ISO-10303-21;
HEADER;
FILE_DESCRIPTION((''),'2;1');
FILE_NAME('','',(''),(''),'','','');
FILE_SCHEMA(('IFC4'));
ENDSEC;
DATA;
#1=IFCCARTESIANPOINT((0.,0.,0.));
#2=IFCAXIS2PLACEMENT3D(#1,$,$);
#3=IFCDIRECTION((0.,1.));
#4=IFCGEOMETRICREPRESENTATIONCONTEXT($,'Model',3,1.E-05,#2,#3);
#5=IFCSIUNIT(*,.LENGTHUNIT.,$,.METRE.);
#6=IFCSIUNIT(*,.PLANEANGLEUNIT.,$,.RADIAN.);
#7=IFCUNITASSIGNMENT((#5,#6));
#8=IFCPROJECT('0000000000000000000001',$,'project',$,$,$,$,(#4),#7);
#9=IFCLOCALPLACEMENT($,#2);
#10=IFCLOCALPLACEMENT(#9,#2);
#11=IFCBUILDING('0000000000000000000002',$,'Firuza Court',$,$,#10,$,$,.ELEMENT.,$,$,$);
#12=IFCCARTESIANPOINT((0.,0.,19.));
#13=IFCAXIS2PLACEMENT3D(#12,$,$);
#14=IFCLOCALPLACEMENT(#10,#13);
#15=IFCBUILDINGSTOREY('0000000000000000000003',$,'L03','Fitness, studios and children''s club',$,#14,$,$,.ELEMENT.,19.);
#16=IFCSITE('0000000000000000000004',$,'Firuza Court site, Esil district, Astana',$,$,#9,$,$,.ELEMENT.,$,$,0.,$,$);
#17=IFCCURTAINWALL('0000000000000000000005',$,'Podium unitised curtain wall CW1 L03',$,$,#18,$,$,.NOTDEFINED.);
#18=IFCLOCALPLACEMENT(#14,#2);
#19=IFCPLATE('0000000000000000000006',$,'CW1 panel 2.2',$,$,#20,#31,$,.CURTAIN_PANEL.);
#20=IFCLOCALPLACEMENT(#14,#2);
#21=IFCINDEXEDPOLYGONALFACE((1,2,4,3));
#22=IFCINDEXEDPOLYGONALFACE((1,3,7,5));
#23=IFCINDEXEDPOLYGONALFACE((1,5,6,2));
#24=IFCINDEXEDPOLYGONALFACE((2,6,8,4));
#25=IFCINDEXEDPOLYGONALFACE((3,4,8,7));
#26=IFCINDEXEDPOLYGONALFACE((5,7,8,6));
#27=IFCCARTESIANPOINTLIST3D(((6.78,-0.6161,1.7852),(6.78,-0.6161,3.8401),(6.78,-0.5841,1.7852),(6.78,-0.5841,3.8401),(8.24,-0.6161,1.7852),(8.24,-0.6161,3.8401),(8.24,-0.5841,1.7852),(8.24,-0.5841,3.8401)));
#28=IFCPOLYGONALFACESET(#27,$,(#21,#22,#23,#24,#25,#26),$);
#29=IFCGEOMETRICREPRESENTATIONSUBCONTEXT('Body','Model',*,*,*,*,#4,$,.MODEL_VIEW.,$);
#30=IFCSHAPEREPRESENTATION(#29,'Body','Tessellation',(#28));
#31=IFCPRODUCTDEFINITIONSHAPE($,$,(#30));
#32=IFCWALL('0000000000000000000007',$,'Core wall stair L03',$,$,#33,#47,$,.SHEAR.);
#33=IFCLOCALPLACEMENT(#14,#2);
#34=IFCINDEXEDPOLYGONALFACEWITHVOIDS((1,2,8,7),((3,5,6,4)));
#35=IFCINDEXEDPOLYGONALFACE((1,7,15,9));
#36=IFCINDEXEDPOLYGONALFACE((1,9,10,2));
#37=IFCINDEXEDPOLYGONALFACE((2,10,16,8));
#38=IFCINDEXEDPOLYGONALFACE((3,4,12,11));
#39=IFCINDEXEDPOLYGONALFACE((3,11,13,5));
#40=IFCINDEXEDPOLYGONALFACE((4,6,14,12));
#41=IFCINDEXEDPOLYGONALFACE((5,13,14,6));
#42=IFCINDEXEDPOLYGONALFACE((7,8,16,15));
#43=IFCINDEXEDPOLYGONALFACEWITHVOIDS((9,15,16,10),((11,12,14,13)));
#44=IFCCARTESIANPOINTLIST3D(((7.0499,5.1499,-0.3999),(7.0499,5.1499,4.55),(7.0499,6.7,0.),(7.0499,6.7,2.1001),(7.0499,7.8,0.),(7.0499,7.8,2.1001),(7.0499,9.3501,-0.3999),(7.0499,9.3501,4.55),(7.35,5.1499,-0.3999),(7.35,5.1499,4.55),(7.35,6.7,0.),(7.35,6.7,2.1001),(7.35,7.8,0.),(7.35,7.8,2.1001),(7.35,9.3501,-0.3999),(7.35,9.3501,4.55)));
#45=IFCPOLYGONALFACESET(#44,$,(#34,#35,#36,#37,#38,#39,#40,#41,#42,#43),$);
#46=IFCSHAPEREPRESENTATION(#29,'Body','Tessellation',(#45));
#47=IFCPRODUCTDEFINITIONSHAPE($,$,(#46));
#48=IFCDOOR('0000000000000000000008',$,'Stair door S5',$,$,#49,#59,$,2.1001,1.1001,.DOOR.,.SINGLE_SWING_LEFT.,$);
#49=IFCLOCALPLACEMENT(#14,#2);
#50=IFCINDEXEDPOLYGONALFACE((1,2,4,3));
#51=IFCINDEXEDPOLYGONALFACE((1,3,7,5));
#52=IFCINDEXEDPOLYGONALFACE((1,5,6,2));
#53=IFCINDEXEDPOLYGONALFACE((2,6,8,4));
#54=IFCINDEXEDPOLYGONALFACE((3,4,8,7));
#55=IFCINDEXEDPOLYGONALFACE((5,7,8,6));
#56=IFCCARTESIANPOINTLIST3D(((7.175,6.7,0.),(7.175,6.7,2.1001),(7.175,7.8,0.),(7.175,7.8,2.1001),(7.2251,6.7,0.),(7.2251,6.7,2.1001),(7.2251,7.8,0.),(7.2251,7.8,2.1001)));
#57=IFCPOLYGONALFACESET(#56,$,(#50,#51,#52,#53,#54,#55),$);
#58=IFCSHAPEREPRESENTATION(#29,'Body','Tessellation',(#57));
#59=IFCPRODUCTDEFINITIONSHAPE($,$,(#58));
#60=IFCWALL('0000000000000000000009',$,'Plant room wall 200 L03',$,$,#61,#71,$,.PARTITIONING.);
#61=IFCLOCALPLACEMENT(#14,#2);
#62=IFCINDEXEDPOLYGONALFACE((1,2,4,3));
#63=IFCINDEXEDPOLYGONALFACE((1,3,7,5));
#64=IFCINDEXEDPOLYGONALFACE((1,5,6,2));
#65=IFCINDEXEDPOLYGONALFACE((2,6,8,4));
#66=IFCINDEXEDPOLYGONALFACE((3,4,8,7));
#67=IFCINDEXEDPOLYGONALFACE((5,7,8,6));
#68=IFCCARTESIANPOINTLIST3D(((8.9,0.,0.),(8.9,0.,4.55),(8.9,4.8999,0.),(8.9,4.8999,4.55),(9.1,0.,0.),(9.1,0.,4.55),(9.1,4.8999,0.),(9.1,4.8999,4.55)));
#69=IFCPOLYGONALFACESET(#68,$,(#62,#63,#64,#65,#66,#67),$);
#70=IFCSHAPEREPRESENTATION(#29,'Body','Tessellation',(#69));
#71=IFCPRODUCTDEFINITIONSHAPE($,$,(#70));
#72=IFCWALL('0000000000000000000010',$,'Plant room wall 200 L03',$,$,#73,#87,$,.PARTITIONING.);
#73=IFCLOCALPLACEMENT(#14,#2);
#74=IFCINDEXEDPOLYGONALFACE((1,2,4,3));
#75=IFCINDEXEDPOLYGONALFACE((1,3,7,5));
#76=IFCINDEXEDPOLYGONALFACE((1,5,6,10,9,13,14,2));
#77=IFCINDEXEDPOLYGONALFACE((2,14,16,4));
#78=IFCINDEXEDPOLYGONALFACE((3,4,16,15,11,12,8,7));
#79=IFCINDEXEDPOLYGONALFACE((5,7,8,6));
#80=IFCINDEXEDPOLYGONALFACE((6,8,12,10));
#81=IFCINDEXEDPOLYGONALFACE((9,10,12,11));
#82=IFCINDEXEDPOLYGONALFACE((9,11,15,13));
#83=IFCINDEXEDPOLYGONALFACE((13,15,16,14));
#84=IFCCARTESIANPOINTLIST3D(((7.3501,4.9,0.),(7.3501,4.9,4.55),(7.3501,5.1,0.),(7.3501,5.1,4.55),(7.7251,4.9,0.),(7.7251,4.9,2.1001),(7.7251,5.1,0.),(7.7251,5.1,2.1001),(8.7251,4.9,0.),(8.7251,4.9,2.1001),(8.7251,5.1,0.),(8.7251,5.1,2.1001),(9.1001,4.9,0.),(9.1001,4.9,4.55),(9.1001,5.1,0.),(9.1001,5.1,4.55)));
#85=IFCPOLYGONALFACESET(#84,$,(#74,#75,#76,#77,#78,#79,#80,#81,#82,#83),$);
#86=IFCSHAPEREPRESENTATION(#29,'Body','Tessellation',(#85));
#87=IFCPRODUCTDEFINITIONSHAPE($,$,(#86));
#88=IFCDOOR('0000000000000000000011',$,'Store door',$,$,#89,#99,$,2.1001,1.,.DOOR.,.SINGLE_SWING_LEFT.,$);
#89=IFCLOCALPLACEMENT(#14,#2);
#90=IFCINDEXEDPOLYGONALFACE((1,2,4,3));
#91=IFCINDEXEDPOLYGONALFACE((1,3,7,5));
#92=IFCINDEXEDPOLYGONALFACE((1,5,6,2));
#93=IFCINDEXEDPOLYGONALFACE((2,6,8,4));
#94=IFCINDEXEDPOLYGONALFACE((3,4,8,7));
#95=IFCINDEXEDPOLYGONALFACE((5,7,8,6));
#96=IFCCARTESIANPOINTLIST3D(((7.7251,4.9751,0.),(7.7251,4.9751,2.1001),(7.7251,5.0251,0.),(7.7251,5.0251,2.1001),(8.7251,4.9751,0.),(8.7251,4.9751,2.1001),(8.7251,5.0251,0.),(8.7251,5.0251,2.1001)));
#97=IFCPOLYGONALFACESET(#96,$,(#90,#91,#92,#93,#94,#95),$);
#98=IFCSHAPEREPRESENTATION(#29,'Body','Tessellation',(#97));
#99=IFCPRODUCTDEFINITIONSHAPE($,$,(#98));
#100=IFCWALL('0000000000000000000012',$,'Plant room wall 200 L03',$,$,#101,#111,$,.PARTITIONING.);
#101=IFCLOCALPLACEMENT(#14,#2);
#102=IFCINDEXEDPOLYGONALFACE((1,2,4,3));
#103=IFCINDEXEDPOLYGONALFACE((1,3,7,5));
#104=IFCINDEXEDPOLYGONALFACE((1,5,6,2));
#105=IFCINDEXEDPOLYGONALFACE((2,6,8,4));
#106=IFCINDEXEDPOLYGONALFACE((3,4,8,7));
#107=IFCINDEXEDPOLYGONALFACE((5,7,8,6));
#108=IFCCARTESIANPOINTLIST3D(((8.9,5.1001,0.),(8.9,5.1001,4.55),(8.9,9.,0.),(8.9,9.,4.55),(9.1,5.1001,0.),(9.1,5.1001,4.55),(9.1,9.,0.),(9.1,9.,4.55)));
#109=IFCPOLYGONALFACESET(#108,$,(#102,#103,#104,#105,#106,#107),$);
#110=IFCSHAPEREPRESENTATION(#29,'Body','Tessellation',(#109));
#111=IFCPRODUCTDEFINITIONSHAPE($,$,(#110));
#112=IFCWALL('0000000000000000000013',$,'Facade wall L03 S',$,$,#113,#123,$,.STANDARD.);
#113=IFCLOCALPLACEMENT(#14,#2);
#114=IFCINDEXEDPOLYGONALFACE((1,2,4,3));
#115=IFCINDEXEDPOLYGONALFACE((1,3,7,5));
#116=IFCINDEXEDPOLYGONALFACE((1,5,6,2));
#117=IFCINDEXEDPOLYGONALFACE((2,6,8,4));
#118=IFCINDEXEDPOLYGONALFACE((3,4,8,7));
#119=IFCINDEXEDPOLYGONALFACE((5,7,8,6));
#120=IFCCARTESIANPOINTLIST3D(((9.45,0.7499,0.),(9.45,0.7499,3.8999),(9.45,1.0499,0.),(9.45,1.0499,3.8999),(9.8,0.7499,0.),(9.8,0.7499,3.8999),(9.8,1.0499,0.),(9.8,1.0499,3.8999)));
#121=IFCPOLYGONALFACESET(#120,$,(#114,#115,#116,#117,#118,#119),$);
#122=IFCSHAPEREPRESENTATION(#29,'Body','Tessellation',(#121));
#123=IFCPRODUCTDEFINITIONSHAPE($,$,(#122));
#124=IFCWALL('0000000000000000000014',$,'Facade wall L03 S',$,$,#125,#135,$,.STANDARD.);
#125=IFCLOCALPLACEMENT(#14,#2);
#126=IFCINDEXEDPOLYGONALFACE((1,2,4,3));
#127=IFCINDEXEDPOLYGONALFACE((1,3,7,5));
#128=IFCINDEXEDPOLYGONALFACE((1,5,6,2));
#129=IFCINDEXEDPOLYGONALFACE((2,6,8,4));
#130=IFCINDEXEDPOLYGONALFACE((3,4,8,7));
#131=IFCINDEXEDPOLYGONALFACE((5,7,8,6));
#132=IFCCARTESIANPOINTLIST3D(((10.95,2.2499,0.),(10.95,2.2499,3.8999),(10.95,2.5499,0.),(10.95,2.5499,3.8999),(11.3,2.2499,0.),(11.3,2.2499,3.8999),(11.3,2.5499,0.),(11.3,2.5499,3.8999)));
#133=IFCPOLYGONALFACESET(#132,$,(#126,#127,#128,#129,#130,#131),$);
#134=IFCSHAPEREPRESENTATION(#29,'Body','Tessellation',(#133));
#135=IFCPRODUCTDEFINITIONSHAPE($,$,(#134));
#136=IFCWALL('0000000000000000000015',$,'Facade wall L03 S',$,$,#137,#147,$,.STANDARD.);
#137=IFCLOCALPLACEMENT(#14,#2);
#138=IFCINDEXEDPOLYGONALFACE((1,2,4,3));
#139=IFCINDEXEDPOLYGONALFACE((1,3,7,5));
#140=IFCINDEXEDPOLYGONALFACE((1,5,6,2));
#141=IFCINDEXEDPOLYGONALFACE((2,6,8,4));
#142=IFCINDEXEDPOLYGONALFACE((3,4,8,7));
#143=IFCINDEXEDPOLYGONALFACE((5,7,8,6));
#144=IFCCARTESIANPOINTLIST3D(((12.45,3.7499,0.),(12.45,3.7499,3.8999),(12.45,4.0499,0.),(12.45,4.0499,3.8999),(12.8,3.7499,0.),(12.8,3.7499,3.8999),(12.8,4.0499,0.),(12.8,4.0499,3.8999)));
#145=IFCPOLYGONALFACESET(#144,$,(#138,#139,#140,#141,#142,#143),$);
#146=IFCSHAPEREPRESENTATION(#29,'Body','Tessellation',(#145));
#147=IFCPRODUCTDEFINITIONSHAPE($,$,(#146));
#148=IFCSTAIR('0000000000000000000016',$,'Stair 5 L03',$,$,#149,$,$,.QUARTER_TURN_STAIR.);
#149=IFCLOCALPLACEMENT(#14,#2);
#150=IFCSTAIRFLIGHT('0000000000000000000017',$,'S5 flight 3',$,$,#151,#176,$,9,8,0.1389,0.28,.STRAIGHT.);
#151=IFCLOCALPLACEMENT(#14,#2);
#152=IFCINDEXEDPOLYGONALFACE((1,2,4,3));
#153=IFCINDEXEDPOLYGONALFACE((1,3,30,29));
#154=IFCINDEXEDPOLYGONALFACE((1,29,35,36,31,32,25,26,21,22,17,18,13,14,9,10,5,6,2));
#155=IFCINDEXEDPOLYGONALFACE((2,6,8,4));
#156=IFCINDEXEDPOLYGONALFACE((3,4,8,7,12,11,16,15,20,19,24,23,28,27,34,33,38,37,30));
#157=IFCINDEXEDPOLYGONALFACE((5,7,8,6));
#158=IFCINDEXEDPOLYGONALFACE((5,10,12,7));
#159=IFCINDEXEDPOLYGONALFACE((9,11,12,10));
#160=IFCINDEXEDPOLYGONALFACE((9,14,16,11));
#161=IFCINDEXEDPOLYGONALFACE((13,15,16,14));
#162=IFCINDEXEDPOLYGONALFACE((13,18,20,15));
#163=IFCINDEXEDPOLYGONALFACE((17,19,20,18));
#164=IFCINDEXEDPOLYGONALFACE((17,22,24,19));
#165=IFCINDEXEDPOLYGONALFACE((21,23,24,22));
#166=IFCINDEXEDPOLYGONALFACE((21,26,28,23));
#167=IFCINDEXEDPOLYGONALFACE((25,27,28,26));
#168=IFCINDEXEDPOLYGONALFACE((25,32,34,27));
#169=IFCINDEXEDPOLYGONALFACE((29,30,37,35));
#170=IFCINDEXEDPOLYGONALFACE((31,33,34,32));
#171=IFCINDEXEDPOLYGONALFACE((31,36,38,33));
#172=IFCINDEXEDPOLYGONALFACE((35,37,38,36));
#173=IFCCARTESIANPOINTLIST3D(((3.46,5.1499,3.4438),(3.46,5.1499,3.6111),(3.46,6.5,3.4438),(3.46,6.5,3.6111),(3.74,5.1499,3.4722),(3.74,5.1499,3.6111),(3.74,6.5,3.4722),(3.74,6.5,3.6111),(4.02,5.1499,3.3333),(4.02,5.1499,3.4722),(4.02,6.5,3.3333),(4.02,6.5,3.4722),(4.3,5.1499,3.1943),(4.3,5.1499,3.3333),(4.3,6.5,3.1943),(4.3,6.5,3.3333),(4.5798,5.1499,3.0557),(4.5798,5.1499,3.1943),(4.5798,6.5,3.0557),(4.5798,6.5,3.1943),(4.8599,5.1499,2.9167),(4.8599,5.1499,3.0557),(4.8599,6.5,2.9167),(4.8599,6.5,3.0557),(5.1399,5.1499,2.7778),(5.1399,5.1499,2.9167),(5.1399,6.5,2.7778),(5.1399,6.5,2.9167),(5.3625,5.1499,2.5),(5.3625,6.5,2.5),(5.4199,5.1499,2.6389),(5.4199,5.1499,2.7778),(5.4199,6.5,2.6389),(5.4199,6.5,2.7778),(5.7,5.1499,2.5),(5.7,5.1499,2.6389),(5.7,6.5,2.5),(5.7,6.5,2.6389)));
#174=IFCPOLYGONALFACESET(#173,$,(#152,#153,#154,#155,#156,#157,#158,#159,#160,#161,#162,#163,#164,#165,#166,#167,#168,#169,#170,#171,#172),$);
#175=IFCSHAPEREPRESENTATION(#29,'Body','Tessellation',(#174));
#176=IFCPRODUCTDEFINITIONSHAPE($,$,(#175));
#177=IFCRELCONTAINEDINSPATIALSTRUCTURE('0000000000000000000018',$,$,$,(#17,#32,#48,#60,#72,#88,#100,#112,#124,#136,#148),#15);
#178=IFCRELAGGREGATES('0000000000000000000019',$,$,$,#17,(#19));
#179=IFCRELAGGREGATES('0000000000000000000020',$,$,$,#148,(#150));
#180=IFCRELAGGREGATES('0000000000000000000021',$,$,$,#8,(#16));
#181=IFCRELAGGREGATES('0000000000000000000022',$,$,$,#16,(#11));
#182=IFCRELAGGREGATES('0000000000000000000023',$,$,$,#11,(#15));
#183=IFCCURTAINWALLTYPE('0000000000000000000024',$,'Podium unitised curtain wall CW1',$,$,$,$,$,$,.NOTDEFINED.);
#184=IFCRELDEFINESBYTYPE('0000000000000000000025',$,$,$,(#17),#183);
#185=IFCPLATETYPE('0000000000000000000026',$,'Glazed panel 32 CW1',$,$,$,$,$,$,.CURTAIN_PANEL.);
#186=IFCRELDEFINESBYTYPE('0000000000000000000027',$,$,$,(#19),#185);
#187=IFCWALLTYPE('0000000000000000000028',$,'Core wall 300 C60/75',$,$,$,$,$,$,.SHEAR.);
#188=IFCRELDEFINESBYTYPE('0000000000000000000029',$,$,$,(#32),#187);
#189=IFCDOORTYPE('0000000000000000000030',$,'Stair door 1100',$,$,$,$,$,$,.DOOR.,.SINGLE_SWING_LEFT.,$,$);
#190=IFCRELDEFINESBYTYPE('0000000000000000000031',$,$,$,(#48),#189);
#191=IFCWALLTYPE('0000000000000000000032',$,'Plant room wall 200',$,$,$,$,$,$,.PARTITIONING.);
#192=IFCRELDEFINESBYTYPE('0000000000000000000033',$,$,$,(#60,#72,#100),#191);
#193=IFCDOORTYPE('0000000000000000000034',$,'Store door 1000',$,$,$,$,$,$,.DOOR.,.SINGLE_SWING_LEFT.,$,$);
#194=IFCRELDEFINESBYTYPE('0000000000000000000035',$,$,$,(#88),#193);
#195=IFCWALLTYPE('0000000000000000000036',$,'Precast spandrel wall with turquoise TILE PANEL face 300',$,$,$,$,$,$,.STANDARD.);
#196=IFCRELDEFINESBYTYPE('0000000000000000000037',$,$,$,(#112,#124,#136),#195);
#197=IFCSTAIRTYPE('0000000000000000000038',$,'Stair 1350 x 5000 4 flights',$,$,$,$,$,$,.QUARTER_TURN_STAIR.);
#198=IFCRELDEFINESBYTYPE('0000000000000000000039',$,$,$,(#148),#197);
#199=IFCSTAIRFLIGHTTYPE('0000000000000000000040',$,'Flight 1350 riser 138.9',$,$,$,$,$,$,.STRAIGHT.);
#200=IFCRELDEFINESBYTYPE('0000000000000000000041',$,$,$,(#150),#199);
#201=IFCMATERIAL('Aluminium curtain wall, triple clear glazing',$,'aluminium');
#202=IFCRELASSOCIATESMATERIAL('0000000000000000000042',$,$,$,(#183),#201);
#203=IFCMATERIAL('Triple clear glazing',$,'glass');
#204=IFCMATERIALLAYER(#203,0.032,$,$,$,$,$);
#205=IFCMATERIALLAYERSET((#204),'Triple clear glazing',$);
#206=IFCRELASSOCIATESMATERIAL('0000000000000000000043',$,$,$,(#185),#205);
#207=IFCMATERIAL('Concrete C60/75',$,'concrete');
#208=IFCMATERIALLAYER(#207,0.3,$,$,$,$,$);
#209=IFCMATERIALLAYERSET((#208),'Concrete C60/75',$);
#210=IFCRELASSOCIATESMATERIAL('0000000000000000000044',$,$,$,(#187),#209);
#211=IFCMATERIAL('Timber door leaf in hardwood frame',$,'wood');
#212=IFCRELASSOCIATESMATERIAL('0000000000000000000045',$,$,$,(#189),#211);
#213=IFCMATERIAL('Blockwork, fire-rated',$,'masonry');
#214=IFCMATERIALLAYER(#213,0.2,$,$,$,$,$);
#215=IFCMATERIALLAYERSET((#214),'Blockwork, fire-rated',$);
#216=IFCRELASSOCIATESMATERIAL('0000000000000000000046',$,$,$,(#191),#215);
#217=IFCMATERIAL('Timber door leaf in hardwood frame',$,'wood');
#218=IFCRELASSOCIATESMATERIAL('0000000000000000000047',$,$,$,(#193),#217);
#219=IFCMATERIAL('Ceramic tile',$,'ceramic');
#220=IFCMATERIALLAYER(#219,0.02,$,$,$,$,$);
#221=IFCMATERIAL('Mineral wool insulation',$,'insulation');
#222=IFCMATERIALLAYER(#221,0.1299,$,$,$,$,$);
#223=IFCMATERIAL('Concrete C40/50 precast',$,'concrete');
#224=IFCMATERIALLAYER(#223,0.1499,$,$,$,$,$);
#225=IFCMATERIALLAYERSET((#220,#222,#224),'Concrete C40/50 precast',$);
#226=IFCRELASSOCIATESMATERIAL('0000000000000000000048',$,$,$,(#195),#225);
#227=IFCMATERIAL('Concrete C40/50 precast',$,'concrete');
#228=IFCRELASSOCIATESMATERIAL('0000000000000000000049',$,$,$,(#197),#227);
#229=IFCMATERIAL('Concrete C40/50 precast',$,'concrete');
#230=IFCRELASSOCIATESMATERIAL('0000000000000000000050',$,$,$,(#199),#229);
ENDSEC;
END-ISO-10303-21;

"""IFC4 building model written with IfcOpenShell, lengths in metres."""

from ifc_helpers import new_model, si_unit, direction, frame, frame_2d, origin, origin_2d, place, context, subcontext, project, spatial, polyline, rectangle, outline, extrude, material, layer, layer_set, type_object, element, fill, aggregate, save


model = new_model("IFC4")

# Units and contexts
model_context = context("Model", 3, precision=1e-05, world=origin(), true_north=direction((0.0, 1.0)))
body_context = subcontext(model_context, "Body", "Model", "MODEL_VIEW")
ifc_project = project(units=[si_unit("LENGTHUNIT", "METRE"), si_unit("PLANEANGLEUNIT", "RADIAN")], contexts=[model_context])

# Site, building, storey
site_placement = place(None, origin())
site = spatial("IfcSite", under=ifc_project, at=site_placement, Name="Firuza Court site, Esil district, Astana", CompositionType="ELEMENT", RefElevation=0.0)
building_placement = place(site_placement, origin())
building = spatial("IfcBuilding", under=site, at=building_placement, Name="Firuza Court", CompositionType="ELEMENT")
storey_placement = place(building_placement, frame((0.0, 0.0, 19.0)))
storey = spatial("IfcBuildingStorey", under=building, at=storey_placement, Name="L03", Description="Fitness, studios and children's club", CompositionType="ELEMENT", Elevation=19.0)

# Curtain wall
ifc_material_1 = material(Name="Aluminium curtain wall, triple clear glazing", Category="aluminium")
curtain_wall_type = type_object("IfcCurtainWallType", Name="Podium unitised curtain wall CW1", PredefinedType="NOTDEFINED", material=ifc_material_1)
curtain_wall_placement = place(storey_placement, origin())
curtain_wall = element("IfcCurtainWall", 1, at=curtain_wall_placement, inside=storey, type_object=curtain_wall_type, Name="Podium unitised curtain wall CW1 L03", PredefinedType="NOTDEFINED")

# Plate
ifc_material_2 = material(Name="Triple clear glazing", Category="glass")
ifc_layer_1 = layer(ifc_material_2, 0.032)
ifc_layer_set_1 = layer_set([ifc_layer_1], Name="Triple clear glazing")
plate_type = type_object("IfcPlateType", Name="Glazed panel 32 CW1", PredefinedType="CURTAIN_PANEL", material=ifc_layer_set_1)
plate_1_placement = place(storey_placement, frame((7.51, -0.6001, 1.7852), z_axis=(0.0, 0.0, 1.0), x_axis=(1.0, 0.0, 0.0)))
plate_1 = element("IfcPlate", 2, at=plate_1_placement, type_object=plate_type, Name="CW1 panel 2.2", PredefinedType="CURTAIN_PANEL", context=body_context, shape_type="SweptSolid", body=[
    extrude(rectangle(XDim=1.46, YDim=0.032, at=origin_2d()), origin(), (0.0, 0.0, 1.0), 2.0549),
])
aggregate(curtain_wall, [plate_1])

# Wall, opening, door
ifc_material_3 = material(Name="Concrete C60/75", Category="concrete")
ifc_layer_2 = layer(ifc_material_3, 0.3)
ifc_layer_set_2 = layer_set([ifc_layer_2], Name="Concrete C60/75")
wall_type_1 = type_object("IfcWallType", Name="Core wall 300 C60/75", PredefinedType="SHEAR", material=ifc_layer_set_2)
wall_1_placement = place(storey_placement, frame((7.2, 5.1499, -0.3999), z_axis=(0.0, 0.0, 1.0), x_axis=(0.0, 1.0, 0.0)))
wall_1 = element("IfcWall", 3, at=wall_1_placement, inside=storey, type_object=wall_type_1, Name="Core wall stair L03", PredefinedType="SHEAR", context=body_context, shape_type="SweptSolid", body=[
    extrude(rectangle(XDim=4.2002, YDim=0.3, at=frame_2d((2.1001, 0.0))), origin(), (0.0, 0.0, 1.0), 4.95),
])
opening_1_placement = place(wall_1_placement, frame((1.55, 0.0, 0.3999)))
opening_1 = element("IfcOpeningElement", 4, at=opening_1_placement, cuts=wall_1, PredefinedType="OPENING", context=body_context, shape_type="SweptSolid", body=[
    extrude(rectangle(XDim=1.1001, YDim=2.1001, at=frame_2d((0.55, 1.05))), frame((0.0, 0.1621, 0.0), z_axis=(0.0, -1.0, 0.0), x_axis=(1.0, 0.0, 0.0)), (0.0, 0.0, 1.0), 0.324),
])
ifc_material_4 = material(Name="Timber door leaf in hardwood frame", Category="wood")
door_type_1 = type_object("IfcDoorType", Name="Stair door 1100", OperationType="SINGLE_SWING_LEFT", PredefinedType="DOOR", material=ifc_material_4)
door_1_placement = place(opening_1_placement, origin())
door_1 = element("IfcDoor", 5, at=door_1_placement, inside=storey, type_object=door_type_1, Name="Stair door S5", OperationType="SINGLE_SWING_LEFT", OverallHeight=2.1001, OverallWidth=1.1001, PredefinedType="DOOR", context=body_context, shape_type="SweptSolid", body=[
    extrude(rectangle(XDim=1.1001, YDim=2.1001, at=frame_2d((0.55, 1.05))), frame((0.0, 0.0249, 0.0), z_axis=(0.0, -1.0, 0.0), x_axis=(1.0, 0.0, 0.0)), (0.0, 0.0, 1.0), 0.05),
])
fill(opening_1, door_1)

# Wall
ifc_material_5 = material(Name="Blockwork, fire-rated", Category="masonry")
ifc_layer_3 = layer(ifc_material_5, 0.2)
ifc_layer_set_3 = layer_set([ifc_layer_3], Name="Blockwork, fire-rated")
wall_type_2 = type_object("IfcWallType", Name="Plant room wall 200", PredefinedType="PARTITIONING", material=ifc_layer_set_3)
wall_2_placement = place(storey_placement, frame((9.0, 0.0, 0.0), z_axis=(0.0, 0.0, 1.0), x_axis=(0.0, 1.0, 0.0)))
element("IfcWall", 6, at=wall_2_placement, inside=storey, type_object=wall_type_2, Name="Plant room wall 200 L03", PredefinedType="PARTITIONING", context=body_context, shape_type="SweptSolid", body=[
    extrude(rectangle(XDim=4.8999, YDim=0.2, at=frame_2d((2.45, 0.0))), origin(), (0.0, 0.0, 1.0), 4.55),
])

# Wall, opening, door
wall_3_placement = place(storey_placement, frame((7.3501, 5.0, 0.0), z_axis=(0.0, 0.0, 1.0), x_axis=(1.0, 0.0, 0.0)))
wall_3 = element("IfcWall", 7, at=wall_3_placement, inside=storey, type_object=wall_type_2, Name="Plant room wall 200 L03", PredefinedType="PARTITIONING", context=body_context, shape_type="SweptSolid", body=[
    extrude(rectangle(XDim=1.75, YDim=0.2, at=frame_2d((0.875, 0.0))), origin(), (0.0, 0.0, 1.0), 4.55),
])
opening_2_placement = place(wall_3_placement, frame((0.375, 0.0, 0.0)))
opening_2 = element("IfcOpeningElement", 8, at=opening_2_placement, cuts=wall_3, PredefinedType="OPENING", context=body_context, shape_type="SweptSolid", body=[
    extrude(rectangle(XDim=1.0, YDim=2.1001, at=frame_2d((0.5, 1.05))), frame((0.0, 0.1118, 0.0), z_axis=(0.0, -1.0, 0.0), x_axis=(1.0, 0.0, 0.0)), (0.0, 0.0, 1.0), 0.2239),
])
ifc_material_6 = material(Name="Timber door leaf in hardwood frame", Category="wood")
door_type_2 = type_object("IfcDoorType", Name="Store door 1000", OperationType="SINGLE_SWING_LEFT", PredefinedType="DOOR", material=ifc_material_6)
door_2_placement = place(opening_2_placement, frame((1.0, 0.0, 0.0), z_axis=(0.0, 0.0, 1.0), x_axis=(-1.0, 0.0, 0.0)))
door_2 = element("IfcDoor", 9, at=door_2_placement, inside=storey, type_object=door_type_2, Name="Store door", OperationType="SINGLE_SWING_LEFT", OverallHeight=2.1001, OverallWidth=1.0, PredefinedType="DOOR", context=body_context, shape_type="SweptSolid", body=[
    extrude(rectangle(XDim=1.0, YDim=2.1001, at=frame_2d((0.5, 1.05))), frame((0.0, 0.0249, 0.0), z_axis=(0.0, -1.0, 0.0), x_axis=(1.0, 0.0, 0.0)), (0.0, 0.0, 1.0), 0.05),
])
fill(opening_2, door_2)

# Walls
wall_4_placement = place(storey_placement, frame((9.0, 5.1001, 0.0), z_axis=(0.0, 0.0, 1.0), x_axis=(0.0, 1.0, 0.0)))
element("IfcWall", 10, at=wall_4_placement, inside=storey, type_object=wall_type_2, Name="Plant room wall 200 L03", PredefinedType="PARTITIONING", context=body_context, shape_type="SweptSolid", body=[
    extrude(rectangle(XDim=3.8999, YDim=0.2, at=frame_2d((1.95, 0.0))), origin(), (0.0, 0.0, 1.0), 4.55),
])
ifc_material_7 = material(Name="Ceramic tile", Category="ceramic")
ifc_layer_4 = layer(ifc_material_7, 0.02)
ifc_material_8 = material(Name="Mineral wool insulation", Category="insulation")
ifc_layer_5 = layer(ifc_material_8, 0.1299)
ifc_material_9 = material(Name="Concrete C40/50 precast", Category="concrete")
ifc_layer_6 = layer(ifc_material_9, 0.1499)
ifc_layer_set_4 = layer_set([ifc_layer_4, ifc_layer_5, ifc_layer_6], Name="Concrete C40/50 precast")
wall_type_3 = type_object("IfcWallType", Name="Precast spandrel wall with turquoise TILE PANEL face 300", PredefinedType="STANDARD", material=ifc_layer_set_4)
for number, where, z_axis, x_axis, name in (
    (11, (9.45, 0.8999, 0.0), (0.0, 0.0, 1.0), (1.0, 0.0, 0.0), "Facade wall L03 S"),
    (12, (10.95, 2.3999, 0.0), (0.0, 0.0, 1.0), (1.0, 0.0, 0.0), "Facade wall L03 S"),
    (13, (12.45, 3.8999, 0.0), (0.0, 0.0, 1.0), (1.0, 0.0, 0.0), "Facade wall L03 S"),
):
    element("IfcWall", number, at=place(storey_placement, frame(where, z_axis=z_axis, x_axis=x_axis)), inside=storey, type_object=wall_type_3, Name=name, PredefinedType="STANDARD", context=body_context, shape_type="SweptSolid", body=[
        extrude(rectangle(XDim=0.3501, YDim=0.3, at=frame_2d((0.175, 0.0))), origin(), (0.0, 0.0, 1.0), 3.8999),
    ])

# Stair, stair flight
ifc_material_10 = material(Name="Concrete C40/50 precast", Category="concrete")
stair_type = type_object("IfcStairType", Name="Stair 1350 x 5000 4 flights", PredefinedType="QUARTER_TURN_STAIR", material=ifc_material_10)
stair_placement = place(storey_placement, origin())
stair = element("IfcStair", 14, at=stair_placement, inside=storey, type_object=stair_type, Name="Stair 5 L03", PredefinedType="QUARTER_TURN_STAIR")
ifc_material_11 = material(Name="Concrete C40/50 precast", Category="concrete")
stair_flight_type = type_object("IfcStairFlightType", Name="Flight 1350 riser 138.9", PredefinedType="STRAIGHT", material=ifc_material_11)
stair_flight_placement = place(storey_placement, frame((5.7, 5.825, 2.5), z_axis=(0.0, 0.0, 1.0), x_axis=(-1.0, 0.0, 0.0)))
stair_flight = element("IfcStairFlight", 15, at=stair_flight_placement, type_object=stair_flight_type, Name="S5 flight 3", NumberOfRisers=9, NumberOfTreads=8, PredefinedType="STRAIGHT", RiserHeight=0.1389, TreadLength=0.28, context=body_context, shape_type="SweptSolid", body=[
    extrude(outline(polyline([(0.0, 0.0), (0.0, 0.1389), (0.28, 0.1389), (0.28, 0.2778), (0.5601, 0.2778), (0.5601, 0.4167), (0.8401, 0.4167), (0.8401, 0.5557), (1.1201, 0.5557), (1.1201, 0.6943), (1.3999, 0.6943), (1.3999, 0.8333), (1.6799, 0.8333), (1.6799, 0.9722), (1.96, 0.9722), (1.96, 1.1111), (2.24, 1.1111), (2.24, 1.25), (2.24, 0.9438), (0.3374, 0.0), (0.0, 0.0)])), frame((0.0, 0.675, 0.0), z_axis=(0.0, -1.0, 0.0), x_axis=(1.0, 0.0, 0.0)), (0.0, 0.0, 1.0), 1.3501),
])
aggregate(stair, [stair_flight])

save(model, "model.ifc")
